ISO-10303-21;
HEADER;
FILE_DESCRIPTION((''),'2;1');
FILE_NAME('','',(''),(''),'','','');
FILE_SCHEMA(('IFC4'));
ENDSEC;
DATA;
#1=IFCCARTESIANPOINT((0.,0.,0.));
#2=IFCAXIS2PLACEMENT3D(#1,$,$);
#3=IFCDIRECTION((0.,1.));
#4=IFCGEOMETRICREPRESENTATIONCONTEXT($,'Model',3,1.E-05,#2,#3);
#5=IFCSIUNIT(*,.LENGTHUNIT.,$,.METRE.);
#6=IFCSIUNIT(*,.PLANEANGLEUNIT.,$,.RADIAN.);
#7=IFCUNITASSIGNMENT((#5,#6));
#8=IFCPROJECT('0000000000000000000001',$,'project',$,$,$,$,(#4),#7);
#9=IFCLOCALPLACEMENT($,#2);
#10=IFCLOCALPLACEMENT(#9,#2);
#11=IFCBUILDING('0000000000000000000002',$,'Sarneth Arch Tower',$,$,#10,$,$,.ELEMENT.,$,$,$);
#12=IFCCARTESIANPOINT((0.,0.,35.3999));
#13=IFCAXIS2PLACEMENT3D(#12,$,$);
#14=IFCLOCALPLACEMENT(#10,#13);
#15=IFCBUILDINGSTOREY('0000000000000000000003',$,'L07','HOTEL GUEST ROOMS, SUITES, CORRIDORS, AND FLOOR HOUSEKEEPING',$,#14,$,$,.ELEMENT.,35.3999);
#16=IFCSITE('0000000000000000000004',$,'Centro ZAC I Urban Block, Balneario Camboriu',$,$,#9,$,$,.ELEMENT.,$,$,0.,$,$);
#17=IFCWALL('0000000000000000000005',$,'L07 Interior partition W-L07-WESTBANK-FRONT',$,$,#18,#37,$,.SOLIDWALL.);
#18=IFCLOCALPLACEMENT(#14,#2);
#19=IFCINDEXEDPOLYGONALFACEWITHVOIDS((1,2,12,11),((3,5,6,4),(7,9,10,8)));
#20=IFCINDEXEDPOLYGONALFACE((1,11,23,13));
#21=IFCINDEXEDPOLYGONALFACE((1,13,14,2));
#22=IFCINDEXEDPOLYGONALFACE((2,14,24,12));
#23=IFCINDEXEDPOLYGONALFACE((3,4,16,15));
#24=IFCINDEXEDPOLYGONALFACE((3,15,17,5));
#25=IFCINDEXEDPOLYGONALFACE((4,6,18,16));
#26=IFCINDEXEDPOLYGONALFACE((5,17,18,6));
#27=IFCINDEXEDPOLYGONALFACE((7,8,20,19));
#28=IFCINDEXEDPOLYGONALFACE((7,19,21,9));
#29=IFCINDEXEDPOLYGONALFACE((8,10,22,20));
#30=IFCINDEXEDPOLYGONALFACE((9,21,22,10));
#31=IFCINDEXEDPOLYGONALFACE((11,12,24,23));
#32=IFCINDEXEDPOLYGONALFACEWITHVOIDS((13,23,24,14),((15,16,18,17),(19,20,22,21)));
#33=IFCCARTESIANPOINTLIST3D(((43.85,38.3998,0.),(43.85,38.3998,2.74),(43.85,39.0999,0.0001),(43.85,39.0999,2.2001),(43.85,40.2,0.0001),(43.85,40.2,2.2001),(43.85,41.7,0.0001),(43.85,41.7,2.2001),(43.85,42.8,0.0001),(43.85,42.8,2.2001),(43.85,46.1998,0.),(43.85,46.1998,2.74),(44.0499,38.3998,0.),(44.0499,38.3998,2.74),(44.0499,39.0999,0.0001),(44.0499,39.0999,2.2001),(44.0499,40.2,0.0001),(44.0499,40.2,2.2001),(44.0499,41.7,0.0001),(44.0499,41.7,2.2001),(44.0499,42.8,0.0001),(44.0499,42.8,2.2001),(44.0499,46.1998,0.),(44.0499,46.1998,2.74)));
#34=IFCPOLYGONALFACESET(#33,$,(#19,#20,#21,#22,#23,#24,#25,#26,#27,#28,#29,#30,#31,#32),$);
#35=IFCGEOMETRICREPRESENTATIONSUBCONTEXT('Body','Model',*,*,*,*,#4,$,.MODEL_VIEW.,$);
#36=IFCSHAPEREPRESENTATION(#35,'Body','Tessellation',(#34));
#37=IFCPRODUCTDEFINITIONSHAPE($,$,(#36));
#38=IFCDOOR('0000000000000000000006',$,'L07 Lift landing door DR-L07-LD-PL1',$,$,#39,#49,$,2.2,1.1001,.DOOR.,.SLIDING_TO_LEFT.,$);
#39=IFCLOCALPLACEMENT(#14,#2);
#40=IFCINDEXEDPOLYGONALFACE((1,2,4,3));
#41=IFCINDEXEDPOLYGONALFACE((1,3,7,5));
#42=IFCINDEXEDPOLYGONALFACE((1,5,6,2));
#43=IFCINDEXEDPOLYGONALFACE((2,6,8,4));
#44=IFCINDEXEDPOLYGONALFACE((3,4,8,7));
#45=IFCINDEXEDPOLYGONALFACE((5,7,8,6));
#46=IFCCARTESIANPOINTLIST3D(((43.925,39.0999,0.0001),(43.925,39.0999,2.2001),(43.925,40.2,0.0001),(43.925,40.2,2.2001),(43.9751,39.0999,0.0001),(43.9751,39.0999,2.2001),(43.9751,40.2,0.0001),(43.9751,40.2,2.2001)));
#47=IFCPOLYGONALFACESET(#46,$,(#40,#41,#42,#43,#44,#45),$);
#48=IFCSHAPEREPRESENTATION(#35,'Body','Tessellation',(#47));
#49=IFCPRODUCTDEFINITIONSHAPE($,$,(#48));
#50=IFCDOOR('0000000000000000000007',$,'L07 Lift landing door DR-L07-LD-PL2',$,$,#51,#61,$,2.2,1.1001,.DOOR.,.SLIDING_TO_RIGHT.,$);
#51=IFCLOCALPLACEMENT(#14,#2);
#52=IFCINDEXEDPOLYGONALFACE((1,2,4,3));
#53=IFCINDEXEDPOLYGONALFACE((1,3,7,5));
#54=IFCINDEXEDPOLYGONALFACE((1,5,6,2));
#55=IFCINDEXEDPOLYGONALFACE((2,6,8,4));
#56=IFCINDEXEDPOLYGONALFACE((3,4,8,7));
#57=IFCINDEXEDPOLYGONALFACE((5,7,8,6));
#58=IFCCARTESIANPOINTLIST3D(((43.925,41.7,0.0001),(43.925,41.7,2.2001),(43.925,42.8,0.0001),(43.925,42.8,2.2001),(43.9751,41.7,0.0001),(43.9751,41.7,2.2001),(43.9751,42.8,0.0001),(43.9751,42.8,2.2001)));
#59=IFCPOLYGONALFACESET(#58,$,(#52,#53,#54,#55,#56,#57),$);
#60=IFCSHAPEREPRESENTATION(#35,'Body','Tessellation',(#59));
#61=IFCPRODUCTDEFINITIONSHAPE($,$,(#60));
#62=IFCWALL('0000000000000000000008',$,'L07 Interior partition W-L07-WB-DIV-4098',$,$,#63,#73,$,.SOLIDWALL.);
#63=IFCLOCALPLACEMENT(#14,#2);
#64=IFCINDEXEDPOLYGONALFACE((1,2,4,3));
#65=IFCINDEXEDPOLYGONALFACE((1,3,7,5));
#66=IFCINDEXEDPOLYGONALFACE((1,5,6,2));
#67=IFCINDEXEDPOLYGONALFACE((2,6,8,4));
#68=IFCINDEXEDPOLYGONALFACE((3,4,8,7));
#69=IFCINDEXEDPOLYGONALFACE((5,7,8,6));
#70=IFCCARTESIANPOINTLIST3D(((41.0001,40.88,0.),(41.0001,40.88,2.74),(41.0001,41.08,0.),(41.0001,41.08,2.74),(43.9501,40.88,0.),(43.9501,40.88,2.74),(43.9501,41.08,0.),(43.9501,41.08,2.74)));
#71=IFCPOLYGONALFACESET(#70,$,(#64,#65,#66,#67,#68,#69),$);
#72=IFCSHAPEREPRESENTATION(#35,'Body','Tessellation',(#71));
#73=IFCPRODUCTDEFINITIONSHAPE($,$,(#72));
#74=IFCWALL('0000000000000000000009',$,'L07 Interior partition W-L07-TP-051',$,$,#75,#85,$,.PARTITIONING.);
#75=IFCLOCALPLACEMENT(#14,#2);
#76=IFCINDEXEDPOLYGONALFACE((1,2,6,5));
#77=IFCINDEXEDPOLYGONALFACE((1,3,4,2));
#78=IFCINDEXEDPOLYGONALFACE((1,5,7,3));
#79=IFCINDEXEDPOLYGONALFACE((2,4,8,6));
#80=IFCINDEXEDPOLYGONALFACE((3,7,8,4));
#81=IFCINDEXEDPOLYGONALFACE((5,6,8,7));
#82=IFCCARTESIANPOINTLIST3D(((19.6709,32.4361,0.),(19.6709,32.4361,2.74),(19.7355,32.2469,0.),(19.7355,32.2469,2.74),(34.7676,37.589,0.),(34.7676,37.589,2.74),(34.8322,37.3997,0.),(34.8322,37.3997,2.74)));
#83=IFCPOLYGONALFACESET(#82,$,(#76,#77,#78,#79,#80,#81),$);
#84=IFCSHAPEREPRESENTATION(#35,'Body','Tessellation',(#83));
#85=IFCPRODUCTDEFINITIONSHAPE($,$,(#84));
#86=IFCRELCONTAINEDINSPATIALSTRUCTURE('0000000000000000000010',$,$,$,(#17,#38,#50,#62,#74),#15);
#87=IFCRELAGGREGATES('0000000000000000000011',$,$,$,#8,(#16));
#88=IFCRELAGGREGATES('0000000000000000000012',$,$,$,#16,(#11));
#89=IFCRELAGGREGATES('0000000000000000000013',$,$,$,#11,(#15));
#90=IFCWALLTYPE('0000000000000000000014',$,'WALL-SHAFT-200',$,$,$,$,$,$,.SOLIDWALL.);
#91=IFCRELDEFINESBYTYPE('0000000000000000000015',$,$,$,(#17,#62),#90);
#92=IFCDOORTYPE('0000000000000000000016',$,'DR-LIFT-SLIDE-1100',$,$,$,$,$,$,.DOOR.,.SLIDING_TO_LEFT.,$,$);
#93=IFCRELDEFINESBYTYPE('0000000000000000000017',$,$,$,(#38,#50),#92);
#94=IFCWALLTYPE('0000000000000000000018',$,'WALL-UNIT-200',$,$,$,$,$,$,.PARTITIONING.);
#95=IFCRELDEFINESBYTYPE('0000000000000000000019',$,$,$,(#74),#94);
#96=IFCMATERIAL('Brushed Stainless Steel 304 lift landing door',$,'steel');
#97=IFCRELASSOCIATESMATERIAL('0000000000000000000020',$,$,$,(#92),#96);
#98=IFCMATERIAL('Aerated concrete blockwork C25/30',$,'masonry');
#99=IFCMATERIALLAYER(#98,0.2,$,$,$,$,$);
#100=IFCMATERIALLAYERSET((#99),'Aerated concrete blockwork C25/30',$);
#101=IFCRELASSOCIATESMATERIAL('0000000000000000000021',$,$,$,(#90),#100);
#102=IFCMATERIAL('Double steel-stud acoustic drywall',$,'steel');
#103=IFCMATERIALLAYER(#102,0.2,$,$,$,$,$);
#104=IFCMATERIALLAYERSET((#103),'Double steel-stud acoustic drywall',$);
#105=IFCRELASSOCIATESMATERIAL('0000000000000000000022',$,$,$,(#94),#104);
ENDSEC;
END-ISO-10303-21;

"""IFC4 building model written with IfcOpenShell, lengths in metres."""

from ifc_helpers import new_model, si_unit, direction, frame, frame_2d, origin, place, context, subcontext, project, spatial, rectangle, extrude, material, layer, layer_set, type_object, element, fill, save


model = new_model("IFC4")

# Units and contexts
model_context = context("Model", 3, precision=1e-05, world=origin(), true_north=direction((0.0, 1.0)))
body_context = subcontext(model_context, "Body", "Model", "MODEL_VIEW")
ifc_project = project(units=[si_unit("LENGTHUNIT", "METRE"), si_unit("PLANEANGLEUNIT", "RADIAN")], contexts=[model_context])

# Site, building, storey
site_placement = place(None, origin())
site = spatial("IfcSite", under=ifc_project, at=site_placement, Name="Centro ZAC I Urban Block, Balneario Camboriu", CompositionType="ELEMENT", RefElevation=0.0)
building_placement = place(site_placement, origin())
building = spatial("IfcBuilding", under=site, at=building_placement, Name="Sarneth Arch Tower", CompositionType="ELEMENT")
storey_placement = place(building_placement, frame((0.0, 0.0, 35.3999)))
storey = spatial("IfcBuildingStorey", under=building, at=storey_placement, Name="L07", Description="HOTEL GUEST ROOMS, SUITES, CORRIDORS, AND FLOOR HOUSEKEEPING", CompositionType="ELEMENT", Elevation=35.3999)

# Shared definitions
ifc_material_1 = material(Name="Brushed Stainless Steel 304 lift landing door", Category="steel")
door_type_1 = type_object("IfcDoorType", Name="DR-LIFT-SLIDE-1100", OperationType="SLIDING_TO_LEFT", PredefinedType="DOOR", material=ifc_material_1)

# Shared definitions
ifc_material_2 = material(Name="Aerated concrete blockwork C25/30", Category="masonry")
ifc_layer_1 = layer(ifc_material_2, 0.2)
ifc_layer_set_1 = layer_set([ifc_layer_1], Name="Aerated concrete blockwork C25/30")
wall_type_1 = type_object("IfcWallType", Name="WALL-SHAFT-200", PredefinedType="SOLIDWALL", material=ifc_layer_set_1)

# Wall, openings, doors
wall_1_placement = place(storey_placement, frame((43.95, 38.3999, 0.0), z_axis=(0.0, 0.0, 1.0), x_axis=(0.0, 1.0, 0.0)))
wall_1 = element("IfcWall", 1, at=wall_1_placement, inside=storey, type_object=wall_type_1, Name="L07 Interior partition W-L07-WESTBANK-FRONT", PredefinedType="SOLIDWALL", context=body_context, shape_type="SweptSolid", body=[
    extrude(rectangle(XDim=7.8, YDim=0.2, at=frame_2d((3.8999, 0.0))), origin(), (0.0, 0.0, 1.0), 2.74),
])
opening_1_placement = place(wall_1_placement, frame((0.7, 0.0, 0.0)))
opening_1 = element("IfcOpeningElement", 2, at=opening_1_placement, cuts=wall_1, PredefinedType="OPENING", context=body_context, shape_type="SweptSolid", body=[
    extrude(rectangle(XDim=1.1001, YDim=2.2, at=frame_2d((0.55, 1.1001))), frame((0.0, 0.1099, 0.0), z_axis=(0.0, -1.0, 0.0), x_axis=(1.0, 0.0, 0.0)), (0.0, 0.0, 1.0), 0.22),
])
opening_2_placement = place(wall_1_placement, frame((3.3, 0.0, 0.0)))
opening_2 = element("IfcOpeningElement", 3, at=opening_2_placement, cuts=wall_1, PredefinedType="OPENING", context=body_context, shape_type="SweptSolid", body=[
    extrude(rectangle(XDim=1.1001, YDim=2.2, at=frame_2d((0.55, 1.1001))), frame((0.0, 0.1099, 0.0), z_axis=(0.0, -1.0, 0.0), x_axis=(1.0, 0.0, 0.0)), (0.0, 0.0, 1.0), 0.22),
])
door_1_placement = place(opening_1_placement, origin())
door_1 = element("IfcDoor", 4, at=door_1_placement, inside=storey, type_object=door_type_1, Name="L07 Lift landing door DR-L07-LD-PL1", OperationType="SLIDING_TO_LEFT", OverallHeight=2.2, OverallWidth=1.1001, PredefinedType="DOOR", context=body_context, shape_type="SweptSolid", body=[
    extrude(rectangle(XDim=1.1001, YDim=2.2, at=frame_2d((0.55, 1.1001))), frame((0.0, 0.0249, 0.0), z_axis=(0.0, -1.0, 0.0), x_axis=(1.0, 0.0, 0.0)), (0.0, 0.0, 1.0), 0.05),
])
fill(opening_1, door_1)
door_2_placement = place(opening_2_placement, origin())
door_2 = element("IfcDoor", 5, at=door_2_placement, inside=storey, type_object=door_type_1, Name="L07 Lift landing door DR-L07-LD-PL2", OperationType="SLIDING_TO_RIGHT", OverallHeight=2.2, OverallWidth=1.1001, PredefinedType="DOOR", context=body_context, shape_type="SweptSolid", body=[
    extrude(rectangle(XDim=1.1001, YDim=2.2, at=frame_2d((0.55, 1.1001))), frame((0.0, 0.0249, 0.0), z_axis=(0.0, -1.0, 0.0), x_axis=(1.0, 0.0, 0.0)), (0.0, 0.0, 1.0), 0.05),
])
fill(opening_2, door_2)

# Walls
wall_2_placement = place(storey_placement, frame((41.0, 40.98, 0.0), z_axis=(0.0, 0.0, 1.0), x_axis=(1.0, 0.0, 0.0)))
element("IfcWall", 6, at=wall_2_placement, inside=storey, type_object=wall_type_1, Name="L07 Interior partition W-L07-WB-DIV-4098", PredefinedType="SOLIDWALL", context=body_context, shape_type="SweptSolid", body=[
    extrude(rectangle(XDim=2.95, YDim=0.2, at=frame_2d((1.4751, 0.0))), origin(), (0.0, 0.0, 1.0), 2.74),
])
ifc_material_3 = material(Name="Double steel-stud acoustic drywall", Category="steel")
ifc_layer_2 = layer(ifc_material_3, 0.2)
ifc_layer_set_2 = layer_set([ifc_layer_2], Name="Double steel-stud acoustic drywall")
wall_type_2 = type_object("IfcWallType", Name="WALL-UNIT-200", PredefinedType="PARTITIONING", material=ifc_layer_set_2)
wall_3_placement = place(storey_placement, frame((34.8, 37.4944, 0.0), z_axis=(0.0, 0.0, 1.0), x_axis=(-0.946391, -0.323024, 0.0)))
element("IfcWall", 7, at=wall_3_placement, inside=storey, type_object=wall_type_2, Name="L07 Interior partition W-L07-TP-051", PredefinedType="PARTITIONING", context=body_context, shape_type="SweptSolid", body=[
    extrude(rectangle(XDim=15.9519, YDim=0.2, at=frame_2d((7.9761, 0.0))), origin(), (0.0, 0.0, 1.0), 2.74),
])

save(model, "model.ifc")
